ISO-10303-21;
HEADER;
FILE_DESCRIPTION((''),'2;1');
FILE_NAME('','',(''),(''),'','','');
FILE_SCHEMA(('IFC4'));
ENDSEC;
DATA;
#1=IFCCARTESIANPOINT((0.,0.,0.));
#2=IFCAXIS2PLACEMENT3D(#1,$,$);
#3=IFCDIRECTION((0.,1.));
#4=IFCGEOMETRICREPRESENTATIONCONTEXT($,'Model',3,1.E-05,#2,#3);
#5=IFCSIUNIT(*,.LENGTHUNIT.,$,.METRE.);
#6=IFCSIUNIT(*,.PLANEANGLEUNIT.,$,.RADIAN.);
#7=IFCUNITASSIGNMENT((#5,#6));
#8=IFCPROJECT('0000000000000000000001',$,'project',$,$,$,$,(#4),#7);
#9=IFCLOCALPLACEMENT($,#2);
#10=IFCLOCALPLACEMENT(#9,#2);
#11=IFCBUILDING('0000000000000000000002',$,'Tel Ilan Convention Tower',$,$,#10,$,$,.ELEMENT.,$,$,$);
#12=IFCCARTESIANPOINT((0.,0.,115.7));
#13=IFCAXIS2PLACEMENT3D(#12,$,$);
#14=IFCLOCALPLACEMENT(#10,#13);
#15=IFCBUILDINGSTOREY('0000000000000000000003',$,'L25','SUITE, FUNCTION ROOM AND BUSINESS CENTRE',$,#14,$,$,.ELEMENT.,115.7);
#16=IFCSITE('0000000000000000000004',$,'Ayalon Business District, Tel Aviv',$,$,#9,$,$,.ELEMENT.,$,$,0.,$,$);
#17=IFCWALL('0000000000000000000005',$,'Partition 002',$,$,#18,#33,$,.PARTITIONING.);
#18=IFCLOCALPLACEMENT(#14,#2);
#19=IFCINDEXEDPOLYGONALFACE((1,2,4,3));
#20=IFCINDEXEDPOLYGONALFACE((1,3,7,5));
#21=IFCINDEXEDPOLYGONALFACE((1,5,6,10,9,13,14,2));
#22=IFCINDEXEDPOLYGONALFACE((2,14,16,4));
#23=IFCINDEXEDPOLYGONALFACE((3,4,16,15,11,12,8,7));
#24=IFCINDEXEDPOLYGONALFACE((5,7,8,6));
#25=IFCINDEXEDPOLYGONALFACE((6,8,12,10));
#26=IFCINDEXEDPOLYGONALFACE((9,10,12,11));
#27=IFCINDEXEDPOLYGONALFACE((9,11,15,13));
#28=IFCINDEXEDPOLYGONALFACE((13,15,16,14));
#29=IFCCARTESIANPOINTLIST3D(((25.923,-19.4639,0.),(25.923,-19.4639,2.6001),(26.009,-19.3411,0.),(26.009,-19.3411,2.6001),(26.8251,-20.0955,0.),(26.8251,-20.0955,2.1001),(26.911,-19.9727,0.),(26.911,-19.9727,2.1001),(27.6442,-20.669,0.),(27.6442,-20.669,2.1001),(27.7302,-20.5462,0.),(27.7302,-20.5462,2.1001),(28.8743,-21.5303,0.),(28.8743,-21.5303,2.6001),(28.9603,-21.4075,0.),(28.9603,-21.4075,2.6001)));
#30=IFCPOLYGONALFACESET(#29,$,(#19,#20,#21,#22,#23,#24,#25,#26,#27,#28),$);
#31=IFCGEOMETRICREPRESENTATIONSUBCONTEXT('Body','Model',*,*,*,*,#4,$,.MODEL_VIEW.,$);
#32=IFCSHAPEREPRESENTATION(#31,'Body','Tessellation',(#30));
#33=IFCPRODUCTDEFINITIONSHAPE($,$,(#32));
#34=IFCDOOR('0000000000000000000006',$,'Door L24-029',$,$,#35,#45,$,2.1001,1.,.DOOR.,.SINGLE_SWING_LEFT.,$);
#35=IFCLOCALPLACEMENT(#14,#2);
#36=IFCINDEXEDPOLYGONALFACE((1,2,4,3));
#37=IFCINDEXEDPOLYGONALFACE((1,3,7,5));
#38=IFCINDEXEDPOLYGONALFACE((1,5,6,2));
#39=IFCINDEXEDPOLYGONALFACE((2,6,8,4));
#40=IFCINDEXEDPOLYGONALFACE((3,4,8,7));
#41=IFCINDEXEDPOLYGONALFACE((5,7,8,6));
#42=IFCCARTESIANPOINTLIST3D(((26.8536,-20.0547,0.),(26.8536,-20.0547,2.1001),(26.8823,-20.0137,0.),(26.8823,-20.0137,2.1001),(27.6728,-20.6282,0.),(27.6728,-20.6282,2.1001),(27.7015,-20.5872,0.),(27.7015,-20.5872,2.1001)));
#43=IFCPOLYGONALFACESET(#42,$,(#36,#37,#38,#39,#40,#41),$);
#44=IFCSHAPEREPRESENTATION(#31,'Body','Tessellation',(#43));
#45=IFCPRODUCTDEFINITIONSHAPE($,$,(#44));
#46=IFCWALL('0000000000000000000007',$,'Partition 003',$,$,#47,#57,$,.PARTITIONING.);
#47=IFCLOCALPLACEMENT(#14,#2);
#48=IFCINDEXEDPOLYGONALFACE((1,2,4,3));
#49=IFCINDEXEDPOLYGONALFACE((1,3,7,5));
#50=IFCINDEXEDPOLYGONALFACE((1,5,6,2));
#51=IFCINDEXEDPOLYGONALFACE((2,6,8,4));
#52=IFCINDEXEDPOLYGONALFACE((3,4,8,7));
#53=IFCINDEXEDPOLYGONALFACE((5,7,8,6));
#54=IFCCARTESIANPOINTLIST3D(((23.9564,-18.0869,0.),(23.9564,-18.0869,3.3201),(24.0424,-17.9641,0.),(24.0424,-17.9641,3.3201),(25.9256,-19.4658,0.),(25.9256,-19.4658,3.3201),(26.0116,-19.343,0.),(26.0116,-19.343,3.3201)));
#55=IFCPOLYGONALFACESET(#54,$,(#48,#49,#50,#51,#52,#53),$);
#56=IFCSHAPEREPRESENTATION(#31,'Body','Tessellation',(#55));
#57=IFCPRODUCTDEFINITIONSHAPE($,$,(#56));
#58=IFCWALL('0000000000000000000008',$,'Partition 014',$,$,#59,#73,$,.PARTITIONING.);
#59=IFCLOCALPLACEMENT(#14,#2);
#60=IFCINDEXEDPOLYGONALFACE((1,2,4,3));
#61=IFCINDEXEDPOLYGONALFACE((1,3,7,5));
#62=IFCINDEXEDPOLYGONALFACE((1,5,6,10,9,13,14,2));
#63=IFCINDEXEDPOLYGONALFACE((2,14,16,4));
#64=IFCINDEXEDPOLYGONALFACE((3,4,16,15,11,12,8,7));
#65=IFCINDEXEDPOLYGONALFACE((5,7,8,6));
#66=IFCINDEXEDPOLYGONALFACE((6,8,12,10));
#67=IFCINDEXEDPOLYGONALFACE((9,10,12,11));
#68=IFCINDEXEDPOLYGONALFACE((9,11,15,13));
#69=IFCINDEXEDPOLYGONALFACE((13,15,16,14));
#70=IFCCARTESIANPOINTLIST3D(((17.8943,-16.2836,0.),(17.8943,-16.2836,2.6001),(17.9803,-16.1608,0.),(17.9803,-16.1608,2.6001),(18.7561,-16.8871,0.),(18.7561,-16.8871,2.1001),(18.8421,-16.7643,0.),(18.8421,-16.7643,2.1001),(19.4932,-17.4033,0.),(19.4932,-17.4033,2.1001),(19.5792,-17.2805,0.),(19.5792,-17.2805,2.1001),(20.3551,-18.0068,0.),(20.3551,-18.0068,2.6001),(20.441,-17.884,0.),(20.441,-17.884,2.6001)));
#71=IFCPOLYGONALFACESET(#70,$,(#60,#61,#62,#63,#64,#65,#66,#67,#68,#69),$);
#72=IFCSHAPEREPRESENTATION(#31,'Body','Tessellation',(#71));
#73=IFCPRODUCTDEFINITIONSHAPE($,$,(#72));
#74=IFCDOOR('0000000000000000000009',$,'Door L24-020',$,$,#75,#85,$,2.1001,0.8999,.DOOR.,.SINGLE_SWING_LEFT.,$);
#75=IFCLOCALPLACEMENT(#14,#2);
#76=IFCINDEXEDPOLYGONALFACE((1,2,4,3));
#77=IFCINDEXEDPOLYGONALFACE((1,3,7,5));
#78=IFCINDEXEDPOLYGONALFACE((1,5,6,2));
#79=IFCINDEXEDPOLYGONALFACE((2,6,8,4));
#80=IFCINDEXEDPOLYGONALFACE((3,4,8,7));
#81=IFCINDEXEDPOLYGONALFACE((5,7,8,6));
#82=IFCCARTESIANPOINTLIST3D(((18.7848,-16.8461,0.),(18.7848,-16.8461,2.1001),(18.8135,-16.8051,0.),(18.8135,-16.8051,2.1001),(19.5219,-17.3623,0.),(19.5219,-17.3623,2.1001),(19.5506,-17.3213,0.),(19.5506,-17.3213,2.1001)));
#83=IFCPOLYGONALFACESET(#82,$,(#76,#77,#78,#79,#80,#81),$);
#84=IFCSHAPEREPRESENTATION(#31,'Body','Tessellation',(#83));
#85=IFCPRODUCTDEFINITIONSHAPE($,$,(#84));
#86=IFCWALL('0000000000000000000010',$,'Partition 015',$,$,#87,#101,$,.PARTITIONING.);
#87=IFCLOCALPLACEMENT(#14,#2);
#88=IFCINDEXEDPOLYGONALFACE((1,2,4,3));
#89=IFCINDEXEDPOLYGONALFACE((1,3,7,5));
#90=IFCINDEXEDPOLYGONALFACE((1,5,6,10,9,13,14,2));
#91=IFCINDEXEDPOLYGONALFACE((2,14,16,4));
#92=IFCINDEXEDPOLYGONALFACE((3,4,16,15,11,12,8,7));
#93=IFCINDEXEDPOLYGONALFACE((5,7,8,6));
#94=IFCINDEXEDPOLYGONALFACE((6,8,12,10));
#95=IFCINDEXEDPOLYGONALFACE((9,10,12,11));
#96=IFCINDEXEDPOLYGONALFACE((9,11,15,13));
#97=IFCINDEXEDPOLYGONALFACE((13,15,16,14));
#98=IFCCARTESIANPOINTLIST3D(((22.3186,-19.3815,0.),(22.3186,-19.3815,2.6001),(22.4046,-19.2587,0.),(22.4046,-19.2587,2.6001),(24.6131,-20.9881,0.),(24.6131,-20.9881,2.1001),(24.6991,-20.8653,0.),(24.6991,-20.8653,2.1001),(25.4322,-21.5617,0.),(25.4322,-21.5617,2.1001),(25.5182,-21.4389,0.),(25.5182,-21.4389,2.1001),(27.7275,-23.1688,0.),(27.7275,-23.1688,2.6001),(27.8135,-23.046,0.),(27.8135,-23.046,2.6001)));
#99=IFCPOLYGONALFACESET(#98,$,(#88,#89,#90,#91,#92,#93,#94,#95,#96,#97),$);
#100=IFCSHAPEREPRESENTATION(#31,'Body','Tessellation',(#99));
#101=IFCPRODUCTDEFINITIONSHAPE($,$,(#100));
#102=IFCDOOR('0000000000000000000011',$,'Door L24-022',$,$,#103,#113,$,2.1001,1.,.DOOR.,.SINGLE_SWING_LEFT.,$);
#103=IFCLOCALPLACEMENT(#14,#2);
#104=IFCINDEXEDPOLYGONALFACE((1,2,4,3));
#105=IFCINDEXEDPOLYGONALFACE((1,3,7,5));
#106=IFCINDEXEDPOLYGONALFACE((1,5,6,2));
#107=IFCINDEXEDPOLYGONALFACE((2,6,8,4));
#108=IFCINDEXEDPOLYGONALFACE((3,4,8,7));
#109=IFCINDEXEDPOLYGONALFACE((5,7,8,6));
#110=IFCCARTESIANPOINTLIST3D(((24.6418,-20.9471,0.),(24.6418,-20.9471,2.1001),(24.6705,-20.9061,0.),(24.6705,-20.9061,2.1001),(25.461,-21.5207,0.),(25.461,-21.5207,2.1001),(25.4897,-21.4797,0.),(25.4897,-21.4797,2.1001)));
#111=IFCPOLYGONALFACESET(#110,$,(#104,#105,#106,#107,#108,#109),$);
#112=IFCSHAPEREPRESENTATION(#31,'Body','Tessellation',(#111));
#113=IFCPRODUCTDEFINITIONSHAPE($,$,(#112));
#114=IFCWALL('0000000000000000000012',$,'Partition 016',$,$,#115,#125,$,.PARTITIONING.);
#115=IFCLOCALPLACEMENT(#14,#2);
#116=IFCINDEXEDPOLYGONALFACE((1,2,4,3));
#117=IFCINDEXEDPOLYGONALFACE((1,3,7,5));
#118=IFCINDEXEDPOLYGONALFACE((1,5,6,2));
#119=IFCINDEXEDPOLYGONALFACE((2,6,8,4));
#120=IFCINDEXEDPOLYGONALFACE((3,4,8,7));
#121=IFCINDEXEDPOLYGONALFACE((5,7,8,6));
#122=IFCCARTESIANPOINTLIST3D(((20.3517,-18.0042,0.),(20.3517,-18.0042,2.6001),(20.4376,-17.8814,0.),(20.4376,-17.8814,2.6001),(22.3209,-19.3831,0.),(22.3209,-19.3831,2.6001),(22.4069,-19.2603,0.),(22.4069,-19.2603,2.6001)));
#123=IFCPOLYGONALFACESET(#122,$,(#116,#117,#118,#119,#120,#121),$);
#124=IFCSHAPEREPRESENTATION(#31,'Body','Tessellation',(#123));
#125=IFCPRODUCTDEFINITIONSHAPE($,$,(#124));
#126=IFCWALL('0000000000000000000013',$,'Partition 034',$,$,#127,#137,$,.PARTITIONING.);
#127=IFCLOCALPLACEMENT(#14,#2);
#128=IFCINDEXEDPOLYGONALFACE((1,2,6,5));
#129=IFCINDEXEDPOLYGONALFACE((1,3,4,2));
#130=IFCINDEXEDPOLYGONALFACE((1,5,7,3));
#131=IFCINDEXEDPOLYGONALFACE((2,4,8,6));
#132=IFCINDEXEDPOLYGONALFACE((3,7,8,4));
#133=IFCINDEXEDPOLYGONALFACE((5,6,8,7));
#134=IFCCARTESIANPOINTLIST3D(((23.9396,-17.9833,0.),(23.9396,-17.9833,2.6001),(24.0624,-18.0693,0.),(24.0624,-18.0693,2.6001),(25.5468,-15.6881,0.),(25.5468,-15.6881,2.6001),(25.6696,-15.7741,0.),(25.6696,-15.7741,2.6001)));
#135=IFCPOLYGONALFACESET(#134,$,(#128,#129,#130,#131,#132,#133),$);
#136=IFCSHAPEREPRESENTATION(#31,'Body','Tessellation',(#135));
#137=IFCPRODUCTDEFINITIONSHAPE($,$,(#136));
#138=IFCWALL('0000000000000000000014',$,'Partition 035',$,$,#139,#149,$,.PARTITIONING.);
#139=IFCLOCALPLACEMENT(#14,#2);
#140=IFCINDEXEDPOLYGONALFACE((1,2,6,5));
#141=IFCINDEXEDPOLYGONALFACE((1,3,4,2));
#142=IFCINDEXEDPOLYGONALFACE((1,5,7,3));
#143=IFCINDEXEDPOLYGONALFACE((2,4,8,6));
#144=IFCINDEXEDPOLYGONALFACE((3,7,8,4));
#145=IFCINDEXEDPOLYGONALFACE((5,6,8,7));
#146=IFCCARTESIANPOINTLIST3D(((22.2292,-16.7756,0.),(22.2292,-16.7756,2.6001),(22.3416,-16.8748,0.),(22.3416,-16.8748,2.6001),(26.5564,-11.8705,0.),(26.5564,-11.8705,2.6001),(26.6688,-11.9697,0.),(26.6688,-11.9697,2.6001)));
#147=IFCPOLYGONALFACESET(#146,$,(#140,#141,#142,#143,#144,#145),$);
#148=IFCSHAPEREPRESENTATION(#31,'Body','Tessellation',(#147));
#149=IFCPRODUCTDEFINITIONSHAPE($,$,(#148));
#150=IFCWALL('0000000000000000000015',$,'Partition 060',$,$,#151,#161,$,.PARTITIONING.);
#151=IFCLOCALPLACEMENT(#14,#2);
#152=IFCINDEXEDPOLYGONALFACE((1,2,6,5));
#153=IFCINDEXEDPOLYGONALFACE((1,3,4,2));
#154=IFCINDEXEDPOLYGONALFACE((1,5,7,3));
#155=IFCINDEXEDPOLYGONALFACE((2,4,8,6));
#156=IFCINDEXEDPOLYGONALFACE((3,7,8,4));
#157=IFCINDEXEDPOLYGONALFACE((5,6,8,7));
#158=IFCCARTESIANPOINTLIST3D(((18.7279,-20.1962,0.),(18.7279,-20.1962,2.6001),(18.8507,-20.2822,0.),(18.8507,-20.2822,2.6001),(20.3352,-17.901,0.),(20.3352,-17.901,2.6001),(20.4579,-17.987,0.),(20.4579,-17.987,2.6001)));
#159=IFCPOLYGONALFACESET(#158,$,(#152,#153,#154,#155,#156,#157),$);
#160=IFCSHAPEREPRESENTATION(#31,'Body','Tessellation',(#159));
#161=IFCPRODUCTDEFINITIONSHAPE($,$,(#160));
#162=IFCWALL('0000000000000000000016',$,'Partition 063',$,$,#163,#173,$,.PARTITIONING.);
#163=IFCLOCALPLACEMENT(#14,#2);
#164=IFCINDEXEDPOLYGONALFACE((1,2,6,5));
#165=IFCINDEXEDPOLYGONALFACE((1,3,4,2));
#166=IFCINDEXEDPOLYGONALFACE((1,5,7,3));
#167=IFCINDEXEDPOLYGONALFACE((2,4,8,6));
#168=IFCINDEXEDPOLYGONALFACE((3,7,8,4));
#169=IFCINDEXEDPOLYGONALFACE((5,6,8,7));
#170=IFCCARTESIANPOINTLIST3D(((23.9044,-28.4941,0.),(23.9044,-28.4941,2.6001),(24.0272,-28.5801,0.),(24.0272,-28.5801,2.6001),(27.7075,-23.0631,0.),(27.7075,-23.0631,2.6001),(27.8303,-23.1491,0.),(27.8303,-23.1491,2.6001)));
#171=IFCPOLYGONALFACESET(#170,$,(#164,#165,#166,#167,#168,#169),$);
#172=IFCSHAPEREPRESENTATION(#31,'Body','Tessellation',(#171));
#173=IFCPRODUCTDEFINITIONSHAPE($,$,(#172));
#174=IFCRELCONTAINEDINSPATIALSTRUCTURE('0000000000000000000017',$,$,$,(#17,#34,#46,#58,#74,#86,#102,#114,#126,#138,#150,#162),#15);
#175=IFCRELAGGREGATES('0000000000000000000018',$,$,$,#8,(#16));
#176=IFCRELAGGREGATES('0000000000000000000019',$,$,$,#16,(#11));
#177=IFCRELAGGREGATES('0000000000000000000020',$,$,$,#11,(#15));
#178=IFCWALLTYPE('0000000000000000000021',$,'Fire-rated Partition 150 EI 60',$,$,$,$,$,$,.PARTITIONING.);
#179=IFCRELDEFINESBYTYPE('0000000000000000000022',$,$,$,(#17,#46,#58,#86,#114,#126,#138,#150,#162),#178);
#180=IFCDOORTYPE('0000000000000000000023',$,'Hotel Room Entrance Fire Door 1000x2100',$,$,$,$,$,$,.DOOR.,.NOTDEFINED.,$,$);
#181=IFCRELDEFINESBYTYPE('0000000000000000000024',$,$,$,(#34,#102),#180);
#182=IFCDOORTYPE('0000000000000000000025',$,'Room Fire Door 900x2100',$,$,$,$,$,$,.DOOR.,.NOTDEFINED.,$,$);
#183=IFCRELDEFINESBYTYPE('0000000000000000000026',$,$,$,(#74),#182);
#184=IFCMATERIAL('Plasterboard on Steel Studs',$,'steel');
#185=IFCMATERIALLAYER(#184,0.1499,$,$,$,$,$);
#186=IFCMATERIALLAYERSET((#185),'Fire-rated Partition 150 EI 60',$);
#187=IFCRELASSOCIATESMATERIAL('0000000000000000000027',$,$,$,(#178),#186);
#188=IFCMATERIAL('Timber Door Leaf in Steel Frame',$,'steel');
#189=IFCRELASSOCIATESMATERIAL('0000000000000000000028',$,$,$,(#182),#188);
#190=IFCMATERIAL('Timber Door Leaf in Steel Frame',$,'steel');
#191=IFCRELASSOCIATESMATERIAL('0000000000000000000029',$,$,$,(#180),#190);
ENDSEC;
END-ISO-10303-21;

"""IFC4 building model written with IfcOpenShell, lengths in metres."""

from ifc_helpers import new_model, si_unit, direction, frame, frame_2d, origin, place, context, subcontext, project, spatial, rectangle, extrude, material, layer, layer_set, type_object, element, fill, save


model = new_model("IFC4")

# Units and contexts
model_context = context("Model", 3, precision=1e-05, world=origin(), true_north=direction((0.0, 1.0)))
body_context = subcontext(model_context, "Body", "Model", "MODEL_VIEW")
ifc_project = project(units=[si_unit("LENGTHUNIT", "METRE"), si_unit("PLANEANGLEUNIT", "RADIAN")], contexts=[model_context])

# Site, building, storey
site_placement = place(None, origin())
site = spatial("IfcSite", under=ifc_project, at=site_placement, Name="Ayalon Business District, Tel Aviv", CompositionType="ELEMENT", RefElevation=0.0)
building_placement = place(site_placement, origin())
building = spatial("IfcBuilding", under=site, at=building_placement, Name="Tel Ilan Convention Tower", CompositionType="ELEMENT")
storey_placement = place(building_placement, frame((0.0, 0.0, 115.7)))
storey = spatial("IfcBuildingStorey", under=building, at=storey_placement, Name="L25", Description="SUITE, FUNCTION ROOM AND BUSINESS CENTRE", CompositionType="ELEMENT", Elevation=115.7)

# Wall, opening, door
ifc_material_1 = material(Name="Plasterboard on Steel Studs", Category="steel")
ifc_layer_1 = layer(ifc_material_1, 0.1499)
ifc_layer_set_1 = layer_set([ifc_layer_1], Name="Fire-rated Partition 150 EI 60")
wall_type_1 = type_object("IfcWallType", Name="Fire-rated Partition 150 EI 60", PredefinedType="PARTITIONING", material=ifc_layer_set_1)
ifc_material_2 = material(Name="Timber Door Leaf in Steel Frame", Category="steel")
door_type_1 = type_object("IfcDoorType", Name="Room Fire Door 900x2100", OperationType="NOTDEFINED", PredefinedType="DOOR", material=ifc_material_2)
wall_1_placement = place(storey_placement, frame((25.9661, -19.4026, 0.0), z_axis=(0.0, 0.0, 1.0), x_axis=(0.819178, -0.57354, 0.0)))
wall_1 = element("IfcWall", 1, at=wall_1_placement, inside=storey, type_object=wall_type_1, Name="Partition 002", PredefinedType="PARTITIONING", context=body_context, shape_type="SweptSolid", body=[
    extrude(rectangle(XDim=3.6028, YDim=0.1499, at=frame_2d((1.8013, 0.0))), origin(), (0.0, 0.0, 1.0), 2.6001),
])
opening_1_placement = place(wall_1_placement, frame((1.1011, 0.0, 0.0)))
opening_1 = element("IfcOpeningElement", 2, at=opening_1_placement, cuts=wall_1, PredefinedType="OPENING", context=body_context, shape_type="SweptSolid", body=[
    extrude(rectangle(XDim=1.0, YDim=2.1001, at=frame_2d((0.5, 1.05))), frame((0.0, 0.085, 0.0), z_axis=(0.0, -1.0, 0.0), x_axis=(1.0, 0.0, 0.0)), (0.0, 0.0, 1.0), 0.1699),
])
ifc_material_3 = material(Name="Timber Door Leaf in Steel Frame", Category="steel")
door_type_2 = type_object("IfcDoorType", Name="Hotel Room Entrance Fire Door 1000x2100", OperationType="NOTDEFINED", PredefinedType="DOOR", material=ifc_material_3)
door_1_placement = place(opening_1_placement, origin())
door_1 = element("IfcDoor", 3, at=door_1_placement, inside=storey, type_object=door_type_2, Name="Door L24-029", OperationType="SINGLE_SWING_LEFT", OverallHeight=2.1001, OverallWidth=1.0, PredefinedType="DOOR", context=body_context, shape_type="SweptSolid", body=[
    extrude(rectangle(XDim=1.0, YDim=2.1001, at=frame_2d((0.5, 1.05))), frame((0.0, 0.0249, 0.0), z_axis=(0.0, -1.0, 0.0), x_axis=(1.0, 0.0, 0.0)), (0.0, 0.0, 1.0), 0.05),
])
fill(opening_1, door_1)

# Wall
wall_2_placement = place(storey_placement, frame((23.9993, -18.0254, 0.0), z_axis=(0.0, 0.0, 1.0), x_axis=(0.819146, -0.573585, 0.0)))
element("IfcWall", 4, at=wall_2_placement, inside=storey, type_object=wall_type_1, Name="Partition 003", PredefinedType="PARTITIONING", context=body_context, shape_type="SweptSolid", body=[
    extrude(rectangle(XDim=2.4041, YDim=0.1499, at=frame_2d((1.2021, 0.0))), origin(), (0.0, 0.0, 1.0), 3.3201),
])

# Walls, openings, doors
wall_3_placement = place(storey_placement, frame((20.3979, -17.9453, 0.0), z_axis=(0.0, 0.0, 1.0), x_axis=(-0.819129, 0.57361, 0.0)))
wall_3 = element("IfcWall", 5, at=wall_3_placement, inside=storey, type_object=wall_type_1, Name="Partition 014", PredefinedType="PARTITIONING", context=body_context, shape_type="SweptSolid", body=[
    extrude(rectangle(XDim=3.0042, YDim=0.1499, at=frame_2d((1.502, 0.0))), origin(), (0.0, 0.0, 1.0), 2.6001),
])
opening_2_placement = place(wall_3_placement, frame((1.052, 0.0, 0.0)))
opening_2 = element("IfcOpeningElement", 6, at=opening_2_placement, cuts=wall_3, PredefinedType="OPENING", context=body_context, shape_type="SweptSolid", body=[
    extrude(rectangle(XDim=0.8999, YDim=2.1001, at=frame_2d((0.45, 1.05))), frame((0.0, 0.085, 0.0), z_axis=(0.0, -1.0, 0.0), x_axis=(1.0, 0.0, 0.0)), (0.0, 0.0, 1.0), 0.1699),
])
door_2_placement = place(opening_2_placement, origin())
door_2 = element("IfcDoor", 7, at=door_2_placement, inside=storey, type_object=door_type_1, Name="Door L24-020", OperationType="SINGLE_SWING_LEFT", OverallHeight=2.1001, OverallWidth=0.8999, PredefinedType="DOOR", context=body_context, shape_type="SweptSolid", body=[
    extrude(rectangle(XDim=0.8999, YDim=2.1001, at=frame_2d((0.45, 1.05))), frame((0.0, 0.0249, 0.0), z_axis=(0.0, -1.0, 0.0), x_axis=(1.0, 0.0, 0.0)), (0.0, 0.0, 1.0), 0.05),
])
fill(opening_2, door_2)
wall_4_placement = place(storey_placement, frame((27.7705, -23.1074, 0.0), z_axis=(0.0, 0.0, 1.0), x_axis=(-0.819154, 0.573574, 0.0)))
wall_4 = element("IfcWall", 8, at=wall_4_placement, inside=storey, type_object=wall_type_1, Name="Partition 015", PredefinedType="PARTITIONING", context=body_context, shape_type="SweptSolid", body=[
    extrude(rectangle(XDim=6.603, YDim=0.1499, at=frame_2d((3.3015, 0.0))), origin(), (0.0, 0.0, 1.0), 2.6001),
])
opening_3_placement = place(wall_4_placement, frame((2.802, 0.0, 0.0)))
opening_3 = element("IfcOpeningElement", 9, at=opening_3_placement, cuts=wall_4, PredefinedType="OPENING", context=body_context, shape_type="SweptSolid", body=[
    extrude(rectangle(XDim=1.0, YDim=2.1001, at=frame_2d((0.5, 1.05))), frame((0.0, 0.085, 0.0), z_axis=(0.0, -1.0, 0.0), x_axis=(1.0, 0.0, 0.0)), (0.0, 0.0, 1.0), 0.1699),
])
door_3_placement = place(opening_3_placement, origin())
door_3 = element("IfcDoor", 10, at=door_3_placement, inside=storey, type_object=door_type_2, Name="Door L24-022", OperationType="SINGLE_SWING_LEFT", OverallHeight=2.1001, OverallWidth=1.0, PredefinedType="DOOR", context=body_context, shape_type="SweptSolid", body=[
    extrude(rectangle(XDim=1.0, YDim=2.1001, at=frame_2d((0.5, 1.05))), frame((0.0, 0.0249, 0.0), z_axis=(0.0, -1.0, 0.0), x_axis=(1.0, 0.0, 0.0)), (0.0, 0.0, 1.0), 0.05),
])
fill(opening_3, door_3)

# Walls
wall_5_placement = place(storey_placement, frame((22.364, -19.3218, 0.0), z_axis=(0.0, 0.0, 1.0), x_axis=(-0.819146, 0.573585, 0.0)))
element("IfcWall", 11, at=wall_5_placement, inside=storey, type_object=wall_type_1, Name="Partition 016", PredefinedType="PARTITIONING", context=body_context, shape_type="SweptSolid", body=[
    extrude(rectangle(XDim=2.4041, YDim=0.1499, at=frame_2d((1.2021, 0.0))), origin(), (0.0, 0.0, 1.0), 2.6001),
])
wall_6_placement = place(storey_placement, frame((25.6082, -15.7312, 0.0), z_axis=(0.0, 0.0, 1.0), x_axis=(-0.573597, -0.819138, 0.0)))
element("IfcWall", 12, at=wall_6_placement, inside=storey, type_object=wall_type_1, Name="Partition 034", PredefinedType="PARTITIONING", context=body_context, shape_type="SweptSolid", body=[
    extrude(rectangle(XDim=2.802, YDim=0.1499, at=frame_2d((1.4009, 0.0))), origin(), (0.0, 0.0, 1.0), 2.6001),
])
wall_7_placement = place(storey_placement, frame((22.2854, -16.8252, 0.0), z_axis=(0.0, 0.0, 1.0), x_axis=(0.661551, 0.7499, 0.0)))
element("IfcWall", 13, at=wall_7_placement, inside=storey, type_object=wall_type_1, Name="Partition 035", PredefinedType="PARTITIONING", context=body_context, shape_type="SweptSolid", body=[
    extrude(rectangle(XDim=6.541, YDim=0.1499, at=frame_2d((3.2705, 0.0))), origin(), (0.0, 0.0, 1.0), 2.6001),
])
wall_8_placement = place(storey_placement, frame((20.3965, -17.9441, 0.0), z_axis=(0.0, 0.0, 1.0), x_axis=(-0.573597, -0.819138, 0.0)))
element("IfcWall", 14, at=wall_8_placement, inside=storey, type_object=wall_type_1, Name="Partition 060", PredefinedType="PARTITIONING", context=body_context, shape_type="SweptSolid", body=[
    extrude(rectangle(XDim=2.802, YDim=0.1499, at=frame_2d((1.4009, 0.0))), origin(), (0.0, 0.0, 1.0), 2.6001),
])
wall_9_placement = place(storey_placement, frame((27.7688, -23.1062, 0.0), z_axis=(0.0, 0.0, 1.0), x_axis=(-0.573598, -0.819137, 0.0)))
element("IfcWall", 15, at=wall_9_placement, inside=storey, type_object=wall_type_1, Name="Partition 063", PredefinedType="PARTITIONING", context=body_context, shape_type="SweptSolid", body=[
    extrude(rectangle(XDim=6.6301, YDim=0.1499, at=frame_2d((3.3149, 0.0))), origin(), (0.0, 0.0, 1.0), 2.6001),
])

save(model, "model.ifc")
